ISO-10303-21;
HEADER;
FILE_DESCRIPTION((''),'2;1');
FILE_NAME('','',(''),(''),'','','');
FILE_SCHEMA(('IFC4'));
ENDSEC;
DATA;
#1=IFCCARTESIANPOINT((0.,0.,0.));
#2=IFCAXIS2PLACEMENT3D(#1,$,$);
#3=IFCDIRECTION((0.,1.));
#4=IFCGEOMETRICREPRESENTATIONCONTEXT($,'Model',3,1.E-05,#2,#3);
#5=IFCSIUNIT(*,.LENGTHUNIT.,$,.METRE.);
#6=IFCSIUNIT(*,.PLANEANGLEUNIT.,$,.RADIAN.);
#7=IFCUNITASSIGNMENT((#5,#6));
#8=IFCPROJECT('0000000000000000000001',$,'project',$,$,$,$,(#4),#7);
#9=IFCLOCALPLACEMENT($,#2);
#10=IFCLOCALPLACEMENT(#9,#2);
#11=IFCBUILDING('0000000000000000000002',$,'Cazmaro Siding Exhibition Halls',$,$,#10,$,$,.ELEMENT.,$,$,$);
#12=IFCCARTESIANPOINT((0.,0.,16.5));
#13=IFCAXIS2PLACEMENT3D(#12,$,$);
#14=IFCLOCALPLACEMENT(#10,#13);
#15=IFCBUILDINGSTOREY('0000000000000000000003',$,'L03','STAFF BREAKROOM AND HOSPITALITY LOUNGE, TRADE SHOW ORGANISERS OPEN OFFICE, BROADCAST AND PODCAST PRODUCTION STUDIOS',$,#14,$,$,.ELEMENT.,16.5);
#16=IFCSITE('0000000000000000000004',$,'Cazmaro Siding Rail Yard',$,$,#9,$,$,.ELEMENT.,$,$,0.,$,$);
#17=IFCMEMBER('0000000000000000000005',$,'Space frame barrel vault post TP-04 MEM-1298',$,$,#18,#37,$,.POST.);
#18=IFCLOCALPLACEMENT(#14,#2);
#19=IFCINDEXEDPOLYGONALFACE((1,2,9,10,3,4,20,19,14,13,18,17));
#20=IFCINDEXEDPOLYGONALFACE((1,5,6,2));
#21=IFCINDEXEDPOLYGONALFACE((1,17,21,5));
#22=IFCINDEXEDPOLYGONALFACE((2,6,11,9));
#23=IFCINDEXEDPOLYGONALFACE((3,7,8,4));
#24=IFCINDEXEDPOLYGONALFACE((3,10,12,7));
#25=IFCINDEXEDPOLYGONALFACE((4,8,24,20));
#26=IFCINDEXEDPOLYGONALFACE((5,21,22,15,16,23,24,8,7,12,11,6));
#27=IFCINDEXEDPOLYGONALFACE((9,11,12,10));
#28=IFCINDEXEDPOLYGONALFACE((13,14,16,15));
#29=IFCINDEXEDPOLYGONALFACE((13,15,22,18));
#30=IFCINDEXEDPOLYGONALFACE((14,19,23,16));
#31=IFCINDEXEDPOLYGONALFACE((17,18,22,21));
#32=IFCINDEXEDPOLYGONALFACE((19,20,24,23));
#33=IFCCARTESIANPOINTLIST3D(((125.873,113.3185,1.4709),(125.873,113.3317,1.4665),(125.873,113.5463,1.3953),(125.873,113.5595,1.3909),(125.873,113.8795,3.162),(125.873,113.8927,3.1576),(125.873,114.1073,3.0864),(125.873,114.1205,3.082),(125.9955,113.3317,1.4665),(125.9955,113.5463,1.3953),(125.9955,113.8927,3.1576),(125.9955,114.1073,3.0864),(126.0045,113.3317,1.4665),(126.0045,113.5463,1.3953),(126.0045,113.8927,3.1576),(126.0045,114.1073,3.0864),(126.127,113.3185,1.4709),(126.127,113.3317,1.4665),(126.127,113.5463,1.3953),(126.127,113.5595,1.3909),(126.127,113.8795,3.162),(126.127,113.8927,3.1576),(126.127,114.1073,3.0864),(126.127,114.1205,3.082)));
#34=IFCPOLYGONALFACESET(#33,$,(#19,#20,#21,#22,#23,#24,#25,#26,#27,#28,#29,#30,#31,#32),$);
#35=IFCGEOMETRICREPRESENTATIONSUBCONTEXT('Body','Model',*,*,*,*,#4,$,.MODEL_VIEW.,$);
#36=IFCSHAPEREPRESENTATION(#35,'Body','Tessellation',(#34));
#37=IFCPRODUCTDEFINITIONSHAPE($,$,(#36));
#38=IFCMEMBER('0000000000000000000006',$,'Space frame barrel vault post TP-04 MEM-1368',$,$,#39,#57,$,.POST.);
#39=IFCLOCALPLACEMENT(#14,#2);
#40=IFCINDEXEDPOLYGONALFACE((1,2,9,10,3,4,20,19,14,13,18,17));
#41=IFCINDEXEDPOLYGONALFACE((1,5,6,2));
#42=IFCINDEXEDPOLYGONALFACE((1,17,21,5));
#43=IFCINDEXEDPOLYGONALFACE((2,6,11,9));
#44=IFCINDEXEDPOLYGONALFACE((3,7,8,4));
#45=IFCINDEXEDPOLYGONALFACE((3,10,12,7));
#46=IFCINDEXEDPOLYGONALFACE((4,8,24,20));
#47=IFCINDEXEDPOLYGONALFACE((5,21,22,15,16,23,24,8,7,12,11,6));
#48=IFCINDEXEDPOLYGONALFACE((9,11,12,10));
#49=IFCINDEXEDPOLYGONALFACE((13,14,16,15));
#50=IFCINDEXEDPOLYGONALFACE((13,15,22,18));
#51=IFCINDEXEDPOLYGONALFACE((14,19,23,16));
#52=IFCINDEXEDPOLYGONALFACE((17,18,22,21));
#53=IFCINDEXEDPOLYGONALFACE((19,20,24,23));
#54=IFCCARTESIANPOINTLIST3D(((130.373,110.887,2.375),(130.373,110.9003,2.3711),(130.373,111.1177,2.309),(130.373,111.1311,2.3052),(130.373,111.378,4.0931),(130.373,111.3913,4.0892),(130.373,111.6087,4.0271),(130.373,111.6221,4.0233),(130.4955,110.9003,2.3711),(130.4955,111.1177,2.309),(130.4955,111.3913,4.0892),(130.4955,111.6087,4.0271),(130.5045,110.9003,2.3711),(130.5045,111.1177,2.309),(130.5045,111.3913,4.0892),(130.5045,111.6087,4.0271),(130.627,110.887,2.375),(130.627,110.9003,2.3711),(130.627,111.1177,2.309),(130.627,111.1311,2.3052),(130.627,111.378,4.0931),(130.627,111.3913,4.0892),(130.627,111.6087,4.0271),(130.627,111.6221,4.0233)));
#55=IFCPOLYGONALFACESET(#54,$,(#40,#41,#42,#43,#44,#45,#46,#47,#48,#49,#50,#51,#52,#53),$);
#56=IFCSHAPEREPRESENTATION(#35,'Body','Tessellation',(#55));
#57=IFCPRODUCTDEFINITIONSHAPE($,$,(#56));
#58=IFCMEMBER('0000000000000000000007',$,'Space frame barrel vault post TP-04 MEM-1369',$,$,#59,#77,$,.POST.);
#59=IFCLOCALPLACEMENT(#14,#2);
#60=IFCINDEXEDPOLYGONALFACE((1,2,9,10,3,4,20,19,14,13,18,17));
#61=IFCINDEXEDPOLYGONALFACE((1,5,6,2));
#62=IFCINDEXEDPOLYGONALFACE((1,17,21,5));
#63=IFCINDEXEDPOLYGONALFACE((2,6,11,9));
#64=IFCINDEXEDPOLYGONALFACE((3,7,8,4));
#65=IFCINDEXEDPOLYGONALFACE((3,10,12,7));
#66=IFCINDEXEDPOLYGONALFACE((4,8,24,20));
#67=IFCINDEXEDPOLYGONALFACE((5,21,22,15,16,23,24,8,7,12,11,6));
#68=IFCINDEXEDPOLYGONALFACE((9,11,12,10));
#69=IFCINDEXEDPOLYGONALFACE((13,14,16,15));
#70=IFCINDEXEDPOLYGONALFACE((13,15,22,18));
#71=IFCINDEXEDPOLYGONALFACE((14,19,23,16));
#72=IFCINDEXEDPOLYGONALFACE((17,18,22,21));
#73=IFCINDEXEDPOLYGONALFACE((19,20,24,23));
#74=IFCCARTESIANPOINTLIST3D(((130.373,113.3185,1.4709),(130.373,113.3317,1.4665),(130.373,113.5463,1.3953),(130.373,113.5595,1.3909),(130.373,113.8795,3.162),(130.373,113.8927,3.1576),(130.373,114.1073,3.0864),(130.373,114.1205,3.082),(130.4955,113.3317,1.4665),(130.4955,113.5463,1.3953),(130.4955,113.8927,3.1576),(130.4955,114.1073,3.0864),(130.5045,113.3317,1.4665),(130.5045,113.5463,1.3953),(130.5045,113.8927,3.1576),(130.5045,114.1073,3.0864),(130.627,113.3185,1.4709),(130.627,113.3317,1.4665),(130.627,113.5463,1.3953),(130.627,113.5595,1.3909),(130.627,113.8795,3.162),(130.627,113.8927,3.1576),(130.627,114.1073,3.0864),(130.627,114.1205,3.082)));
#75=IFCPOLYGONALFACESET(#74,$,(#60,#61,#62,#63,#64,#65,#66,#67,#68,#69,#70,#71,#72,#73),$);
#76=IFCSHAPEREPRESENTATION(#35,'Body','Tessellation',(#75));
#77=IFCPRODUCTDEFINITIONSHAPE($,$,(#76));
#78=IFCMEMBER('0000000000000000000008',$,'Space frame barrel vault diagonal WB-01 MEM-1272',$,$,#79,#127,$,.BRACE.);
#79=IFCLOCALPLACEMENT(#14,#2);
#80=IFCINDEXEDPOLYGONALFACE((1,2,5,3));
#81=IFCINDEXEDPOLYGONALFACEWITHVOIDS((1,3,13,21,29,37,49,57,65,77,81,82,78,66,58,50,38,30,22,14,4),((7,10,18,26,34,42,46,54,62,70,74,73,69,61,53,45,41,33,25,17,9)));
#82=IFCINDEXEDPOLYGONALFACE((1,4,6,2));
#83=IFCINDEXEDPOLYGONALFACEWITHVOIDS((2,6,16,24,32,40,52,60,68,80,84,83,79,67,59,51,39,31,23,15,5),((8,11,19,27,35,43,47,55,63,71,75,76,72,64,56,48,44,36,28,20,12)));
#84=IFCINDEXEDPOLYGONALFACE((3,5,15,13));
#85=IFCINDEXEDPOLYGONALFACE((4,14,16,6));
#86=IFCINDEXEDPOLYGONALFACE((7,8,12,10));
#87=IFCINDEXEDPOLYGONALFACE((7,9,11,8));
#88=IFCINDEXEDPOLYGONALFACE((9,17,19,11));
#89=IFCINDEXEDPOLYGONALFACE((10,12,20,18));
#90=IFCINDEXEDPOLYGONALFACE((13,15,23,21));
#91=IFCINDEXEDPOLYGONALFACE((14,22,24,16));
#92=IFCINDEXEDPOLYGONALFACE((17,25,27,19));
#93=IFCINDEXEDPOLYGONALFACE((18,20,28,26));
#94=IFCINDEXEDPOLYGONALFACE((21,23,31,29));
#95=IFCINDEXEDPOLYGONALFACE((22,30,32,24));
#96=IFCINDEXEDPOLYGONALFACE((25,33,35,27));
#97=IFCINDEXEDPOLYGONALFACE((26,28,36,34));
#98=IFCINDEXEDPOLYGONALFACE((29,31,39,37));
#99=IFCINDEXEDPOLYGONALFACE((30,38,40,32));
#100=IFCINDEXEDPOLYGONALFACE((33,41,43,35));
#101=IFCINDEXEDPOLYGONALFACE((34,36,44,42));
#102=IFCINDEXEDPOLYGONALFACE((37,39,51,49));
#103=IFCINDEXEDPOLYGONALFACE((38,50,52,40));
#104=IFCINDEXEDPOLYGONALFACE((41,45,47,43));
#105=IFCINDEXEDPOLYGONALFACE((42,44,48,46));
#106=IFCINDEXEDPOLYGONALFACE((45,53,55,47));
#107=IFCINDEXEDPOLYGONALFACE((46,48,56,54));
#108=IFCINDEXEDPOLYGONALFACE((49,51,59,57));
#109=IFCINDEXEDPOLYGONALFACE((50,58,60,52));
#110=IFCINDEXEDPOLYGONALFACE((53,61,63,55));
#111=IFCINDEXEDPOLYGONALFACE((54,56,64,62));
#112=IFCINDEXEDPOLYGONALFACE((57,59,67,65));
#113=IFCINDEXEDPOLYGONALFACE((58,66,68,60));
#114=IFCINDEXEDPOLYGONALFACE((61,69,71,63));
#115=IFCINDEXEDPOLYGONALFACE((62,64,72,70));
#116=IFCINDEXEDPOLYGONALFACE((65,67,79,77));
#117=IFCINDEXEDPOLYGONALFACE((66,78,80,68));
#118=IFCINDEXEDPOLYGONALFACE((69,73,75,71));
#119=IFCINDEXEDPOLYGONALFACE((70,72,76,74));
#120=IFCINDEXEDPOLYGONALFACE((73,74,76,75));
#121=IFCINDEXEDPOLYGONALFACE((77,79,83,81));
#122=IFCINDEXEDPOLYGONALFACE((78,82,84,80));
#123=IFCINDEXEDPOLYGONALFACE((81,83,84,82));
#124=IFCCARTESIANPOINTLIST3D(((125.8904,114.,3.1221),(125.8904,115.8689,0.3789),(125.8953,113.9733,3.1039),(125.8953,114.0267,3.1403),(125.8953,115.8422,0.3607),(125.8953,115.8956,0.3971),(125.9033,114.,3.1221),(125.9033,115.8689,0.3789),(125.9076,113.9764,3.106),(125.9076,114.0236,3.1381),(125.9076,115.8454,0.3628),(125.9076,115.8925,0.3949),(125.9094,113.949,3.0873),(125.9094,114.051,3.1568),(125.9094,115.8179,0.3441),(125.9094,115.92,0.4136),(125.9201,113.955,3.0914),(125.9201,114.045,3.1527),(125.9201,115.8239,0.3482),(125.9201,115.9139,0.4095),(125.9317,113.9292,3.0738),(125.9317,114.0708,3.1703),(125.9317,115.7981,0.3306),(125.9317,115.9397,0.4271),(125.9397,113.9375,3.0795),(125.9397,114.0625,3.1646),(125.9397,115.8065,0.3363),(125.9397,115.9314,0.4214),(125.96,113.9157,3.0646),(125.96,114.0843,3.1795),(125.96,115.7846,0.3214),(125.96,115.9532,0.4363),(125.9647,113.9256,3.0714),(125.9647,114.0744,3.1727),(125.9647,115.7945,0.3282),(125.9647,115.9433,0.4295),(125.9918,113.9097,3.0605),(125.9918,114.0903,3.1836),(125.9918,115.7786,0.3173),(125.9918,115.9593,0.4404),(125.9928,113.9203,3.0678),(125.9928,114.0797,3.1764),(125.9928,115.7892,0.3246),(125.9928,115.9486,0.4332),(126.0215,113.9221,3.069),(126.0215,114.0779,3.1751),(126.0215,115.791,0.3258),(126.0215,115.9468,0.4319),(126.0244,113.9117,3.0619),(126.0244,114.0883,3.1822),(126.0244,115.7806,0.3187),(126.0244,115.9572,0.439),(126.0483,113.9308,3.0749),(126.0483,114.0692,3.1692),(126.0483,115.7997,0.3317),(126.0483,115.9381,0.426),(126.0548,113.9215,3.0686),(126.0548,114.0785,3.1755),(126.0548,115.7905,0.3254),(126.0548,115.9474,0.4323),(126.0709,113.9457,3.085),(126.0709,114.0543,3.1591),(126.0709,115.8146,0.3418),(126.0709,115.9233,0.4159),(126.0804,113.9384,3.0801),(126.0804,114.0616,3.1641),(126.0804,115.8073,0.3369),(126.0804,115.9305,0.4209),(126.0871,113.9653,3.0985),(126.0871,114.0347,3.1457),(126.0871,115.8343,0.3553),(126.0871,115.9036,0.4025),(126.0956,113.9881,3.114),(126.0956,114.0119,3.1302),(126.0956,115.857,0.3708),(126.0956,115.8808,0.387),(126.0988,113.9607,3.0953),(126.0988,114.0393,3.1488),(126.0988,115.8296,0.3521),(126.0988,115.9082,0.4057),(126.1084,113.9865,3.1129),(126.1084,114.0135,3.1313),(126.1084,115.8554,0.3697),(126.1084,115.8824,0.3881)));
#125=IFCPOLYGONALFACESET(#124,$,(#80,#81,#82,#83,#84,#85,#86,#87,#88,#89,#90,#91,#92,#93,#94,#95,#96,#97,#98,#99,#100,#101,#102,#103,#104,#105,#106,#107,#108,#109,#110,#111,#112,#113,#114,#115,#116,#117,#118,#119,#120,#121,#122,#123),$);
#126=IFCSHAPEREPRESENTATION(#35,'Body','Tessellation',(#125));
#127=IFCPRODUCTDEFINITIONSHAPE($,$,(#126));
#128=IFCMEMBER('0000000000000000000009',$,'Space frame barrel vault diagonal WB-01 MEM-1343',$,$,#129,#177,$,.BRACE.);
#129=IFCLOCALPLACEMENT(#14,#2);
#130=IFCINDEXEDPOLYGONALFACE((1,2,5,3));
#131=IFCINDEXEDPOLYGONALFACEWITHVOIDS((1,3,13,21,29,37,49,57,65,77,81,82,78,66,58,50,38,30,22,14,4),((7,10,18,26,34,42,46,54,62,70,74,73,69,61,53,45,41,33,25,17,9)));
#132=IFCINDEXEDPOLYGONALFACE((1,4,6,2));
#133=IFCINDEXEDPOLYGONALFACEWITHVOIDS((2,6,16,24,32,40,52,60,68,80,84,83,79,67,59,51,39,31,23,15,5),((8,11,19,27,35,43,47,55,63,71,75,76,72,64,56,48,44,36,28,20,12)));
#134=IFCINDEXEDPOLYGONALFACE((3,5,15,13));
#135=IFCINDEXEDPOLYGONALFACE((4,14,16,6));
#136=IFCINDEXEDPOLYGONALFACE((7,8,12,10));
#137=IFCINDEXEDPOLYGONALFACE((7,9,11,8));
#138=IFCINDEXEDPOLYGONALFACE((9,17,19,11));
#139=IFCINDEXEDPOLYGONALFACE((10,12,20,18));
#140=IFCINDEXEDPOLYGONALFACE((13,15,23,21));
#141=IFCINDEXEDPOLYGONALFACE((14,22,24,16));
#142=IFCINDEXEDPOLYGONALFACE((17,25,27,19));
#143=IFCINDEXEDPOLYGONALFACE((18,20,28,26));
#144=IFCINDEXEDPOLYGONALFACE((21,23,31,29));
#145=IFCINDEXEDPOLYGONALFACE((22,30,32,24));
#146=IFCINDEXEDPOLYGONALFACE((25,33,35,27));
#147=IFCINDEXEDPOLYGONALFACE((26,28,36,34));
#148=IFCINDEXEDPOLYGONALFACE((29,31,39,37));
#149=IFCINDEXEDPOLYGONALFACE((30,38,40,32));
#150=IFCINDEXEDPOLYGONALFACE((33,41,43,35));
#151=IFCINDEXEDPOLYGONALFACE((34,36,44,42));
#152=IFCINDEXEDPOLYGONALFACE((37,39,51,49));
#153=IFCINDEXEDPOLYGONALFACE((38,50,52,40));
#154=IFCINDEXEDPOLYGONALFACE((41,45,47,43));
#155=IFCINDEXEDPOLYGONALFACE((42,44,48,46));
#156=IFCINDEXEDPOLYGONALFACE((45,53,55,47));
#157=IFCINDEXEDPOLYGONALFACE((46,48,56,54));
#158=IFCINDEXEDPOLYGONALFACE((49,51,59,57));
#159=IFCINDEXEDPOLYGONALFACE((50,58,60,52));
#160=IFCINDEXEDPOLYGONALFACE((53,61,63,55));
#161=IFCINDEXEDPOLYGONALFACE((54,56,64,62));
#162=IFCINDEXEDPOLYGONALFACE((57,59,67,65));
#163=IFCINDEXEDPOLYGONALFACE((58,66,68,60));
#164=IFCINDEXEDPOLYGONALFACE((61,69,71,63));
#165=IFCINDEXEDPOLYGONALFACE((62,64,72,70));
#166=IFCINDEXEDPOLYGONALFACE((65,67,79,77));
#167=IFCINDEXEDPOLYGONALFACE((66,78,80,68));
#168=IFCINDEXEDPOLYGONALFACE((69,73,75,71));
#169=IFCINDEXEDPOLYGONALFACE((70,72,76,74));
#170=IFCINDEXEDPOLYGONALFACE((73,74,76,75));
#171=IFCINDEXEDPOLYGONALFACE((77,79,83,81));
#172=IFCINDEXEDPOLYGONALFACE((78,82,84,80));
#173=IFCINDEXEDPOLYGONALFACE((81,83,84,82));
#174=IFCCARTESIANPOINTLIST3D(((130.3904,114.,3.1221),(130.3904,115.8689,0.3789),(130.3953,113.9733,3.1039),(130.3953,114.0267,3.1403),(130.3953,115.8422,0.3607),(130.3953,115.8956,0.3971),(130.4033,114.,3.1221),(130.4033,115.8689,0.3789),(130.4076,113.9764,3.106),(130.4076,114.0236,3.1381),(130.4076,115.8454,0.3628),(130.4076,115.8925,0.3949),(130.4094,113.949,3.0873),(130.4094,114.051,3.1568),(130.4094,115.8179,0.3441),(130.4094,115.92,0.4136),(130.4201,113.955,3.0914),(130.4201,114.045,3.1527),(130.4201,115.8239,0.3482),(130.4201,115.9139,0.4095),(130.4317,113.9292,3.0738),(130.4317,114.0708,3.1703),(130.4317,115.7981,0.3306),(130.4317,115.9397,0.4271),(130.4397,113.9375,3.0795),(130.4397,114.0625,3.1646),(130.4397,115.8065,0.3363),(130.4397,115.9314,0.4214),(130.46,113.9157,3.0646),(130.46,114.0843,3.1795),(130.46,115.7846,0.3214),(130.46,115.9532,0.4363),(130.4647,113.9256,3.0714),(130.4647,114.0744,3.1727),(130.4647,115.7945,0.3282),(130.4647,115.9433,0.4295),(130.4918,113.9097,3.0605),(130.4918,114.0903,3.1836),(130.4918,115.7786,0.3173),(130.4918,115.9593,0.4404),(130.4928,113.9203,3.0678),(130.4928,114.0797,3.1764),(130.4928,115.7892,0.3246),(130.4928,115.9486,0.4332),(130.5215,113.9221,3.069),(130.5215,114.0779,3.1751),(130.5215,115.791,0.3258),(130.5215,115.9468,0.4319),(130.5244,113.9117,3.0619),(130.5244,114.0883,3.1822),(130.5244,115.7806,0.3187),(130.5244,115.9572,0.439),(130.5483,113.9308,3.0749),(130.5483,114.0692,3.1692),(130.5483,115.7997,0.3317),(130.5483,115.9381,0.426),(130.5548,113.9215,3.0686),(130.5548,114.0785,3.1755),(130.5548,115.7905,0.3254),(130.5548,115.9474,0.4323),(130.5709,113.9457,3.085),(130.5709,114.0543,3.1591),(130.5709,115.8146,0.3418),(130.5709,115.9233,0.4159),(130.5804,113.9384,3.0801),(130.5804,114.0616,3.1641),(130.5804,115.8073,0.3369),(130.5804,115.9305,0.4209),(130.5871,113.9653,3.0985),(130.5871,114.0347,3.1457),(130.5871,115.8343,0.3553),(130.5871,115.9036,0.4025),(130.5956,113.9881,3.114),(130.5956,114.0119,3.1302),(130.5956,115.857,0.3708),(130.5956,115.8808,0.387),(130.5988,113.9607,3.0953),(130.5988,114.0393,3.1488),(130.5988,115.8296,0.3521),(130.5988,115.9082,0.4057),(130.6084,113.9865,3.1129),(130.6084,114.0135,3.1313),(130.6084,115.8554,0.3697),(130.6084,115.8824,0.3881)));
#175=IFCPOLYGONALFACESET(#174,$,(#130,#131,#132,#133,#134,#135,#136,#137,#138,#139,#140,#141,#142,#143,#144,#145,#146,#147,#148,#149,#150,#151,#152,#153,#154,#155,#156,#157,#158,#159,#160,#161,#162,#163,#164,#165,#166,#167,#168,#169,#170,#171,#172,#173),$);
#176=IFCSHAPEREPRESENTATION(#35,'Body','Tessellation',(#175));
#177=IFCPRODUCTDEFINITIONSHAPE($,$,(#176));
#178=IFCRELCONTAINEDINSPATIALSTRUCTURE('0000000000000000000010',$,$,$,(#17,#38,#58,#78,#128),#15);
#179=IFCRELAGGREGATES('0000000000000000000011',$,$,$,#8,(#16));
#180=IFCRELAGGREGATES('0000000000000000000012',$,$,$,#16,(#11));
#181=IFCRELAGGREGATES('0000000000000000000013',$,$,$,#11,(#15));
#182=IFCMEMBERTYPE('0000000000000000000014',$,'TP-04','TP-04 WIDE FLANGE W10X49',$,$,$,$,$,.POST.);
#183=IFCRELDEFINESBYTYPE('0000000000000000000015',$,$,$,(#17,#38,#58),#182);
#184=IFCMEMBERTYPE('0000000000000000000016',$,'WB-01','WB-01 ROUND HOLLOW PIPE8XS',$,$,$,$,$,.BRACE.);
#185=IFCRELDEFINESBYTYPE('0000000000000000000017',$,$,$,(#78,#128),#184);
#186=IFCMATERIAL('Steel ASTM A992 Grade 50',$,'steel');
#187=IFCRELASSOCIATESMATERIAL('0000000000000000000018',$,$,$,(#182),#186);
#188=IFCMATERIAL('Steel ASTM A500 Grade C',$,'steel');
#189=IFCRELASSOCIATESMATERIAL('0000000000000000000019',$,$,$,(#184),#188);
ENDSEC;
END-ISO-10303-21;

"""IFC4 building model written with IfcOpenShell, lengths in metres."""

from ifc_helpers import new_model, si_unit, direction, frame, origin, origin_2d, place, context, subcontext, project, spatial, hollow_circle, i_section, extrude, material, material_profile, profile_set, type_object, element, save


model = new_model("IFC4")

# Units and contexts
model_context = context("Model", 3, precision=1e-05, world=origin(), true_north=direction((0.0, 1.0)))
body_context = subcontext(model_context, "Body", "Model", "MODEL_VIEW")
ifc_project = project(units=[si_unit("LENGTHUNIT", "METRE"), si_unit("PLANEANGLEUNIT", "RADIAN")], contexts=[model_context])

# Site, building, storey
site_placement = place(None, origin())
site = spatial("IfcSite", under=ifc_project, at=site_placement, Name="Cazmaro Siding Rail Yard", CompositionType="ELEMENT", RefElevation=0.0)
building_placement = place(site_placement, origin())
building = spatial("IfcBuilding", under=site, at=building_placement, Name="Cazmaro Siding Exhibition Halls", CompositionType="ELEMENT")
storey_placement = place(building_placement, frame((0.0, 0.0, 16.5)))
storey = spatial("IfcBuildingStorey", under=building, at=storey_placement, Name="L03", Description="STAFF BREAKROOM AND HOSPITALITY LOUNGE, TRADE SHOW ORGANISERS OPEN OFFICE, BROADCAST AND PODCAST PRODUCTION STUDIOS", CompositionType="ELEMENT", Elevation=16.5)

# Members
ifc_material_1 = material(Name="Steel ASTM A992 Grade 50", Category="steel")
ifc_material_profile_1 = material_profile(ifc_material_1, i_section(OverallWidth=0.2539, OverallDepth=0.2539, WebThickness=0.009, FlangeThickness=0.0139, at=origin_2d()), Name="W10X49")
ifc_profile_set_1 = profile_set([ifc_material_profile_1], Name="Steel ASTM A992 Grade 50")
member_type_1 = type_object("IfcMemberType", Name="TP-04", Description="TP-04 WIDE FLANGE W10X49", PredefinedType="POST", material=ifc_profile_set_1)
member_1_placement = place(storey_placement, frame((126.0, 113.439, 1.4309), z_axis=(0.0, 0.314871, 0.949134), x_axis=(-1.0, 0.0, 0.0)))
element("IfcMember", 1, at=member_1_placement, inside=storey, type_object=member_type_1, Name="Space frame barrel vault post TP-04 MEM-1298", PredefinedType="POST", context=body_context, shape_type="SweptSolid", body=[
    extrude(i_section(OverallWidth=0.2539, OverallDepth=0.2539, WebThickness=0.009, FlangeThickness=0.0139, at=origin_2d()), origin(), (0.0, 0.0, 1.0), 1.7817),
])
member_2_placement = place(storey_placement, frame((130.5, 111.009, 2.3401), z_axis=(0.0, 0.274775, 0.961508), x_axis=(-1.0, 0.0, 0.0)))
element("IfcMember", 2, at=member_2_placement, inside=storey, type_object=member_type_1, Name="Space frame barrel vault post TP-04 MEM-1368", PredefinedType="POST", context=body_context, shape_type="SweptSolid", body=[
    extrude(i_section(OverallWidth=0.2539, OverallDepth=0.2539, WebThickness=0.009, FlangeThickness=0.0139, at=origin_2d()), origin(), (0.0, 0.0, 1.0), 1.7869),
])
member_3_placement = place(storey_placement, frame((130.5, 113.439, 1.4309), z_axis=(0.0, 0.314871, 0.949134), x_axis=(-1.0, 0.0, 0.0)))
element("IfcMember", 3, at=member_3_placement, inside=storey, type_object=member_type_1, Name="Space frame barrel vault post TP-04 MEM-1369", PredefinedType="POST", context=body_context, shape_type="SweptSolid", body=[
    extrude(i_section(OverallWidth=0.2539, OverallDepth=0.2539, WebThickness=0.009, FlangeThickness=0.0139, at=origin_2d()), origin(), (0.0, 0.0, 1.0), 1.7817),
])
ifc_material_2 = material(Name="Steel ASTM A500 Grade C", Category="steel")
ifc_material_profile_2 = material_profile(ifc_material_2, hollow_circle(Radius=0.1096, WallThickness=0.0129, at=origin_2d()), Name="PIPE8XS")
ifc_profile_set_2 = profile_set([ifc_material_profile_2], Name="Steel ASTM A500 Grade C")
member_type_2 = type_object("IfcMemberType", Name="WB-01", Description="WB-01 ROUND HOLLOW PIPE8XS", PredefinedType="BRACE", material=ifc_profile_set_2)
for number, where, z_axis, x_axis, name in (
    (4, (126.0, 114.0, 3.1221), (0.0, 0.56304, -0.82643), (-1.0, 0.0, 0.0), "Space frame barrel vault diagonal WB-01 MEM-1272"),
    (5, (130.5, 114.0, 3.1221), (0.0, 0.56304, -0.82643), (-1.0, 0.0, 0.0), "Space frame barrel vault diagonal WB-01 MEM-1343"),
):
    element("IfcMember", number, at=place(storey_placement, frame(where, z_axis=z_axis, x_axis=x_axis)), inside=storey, type_object=member_type_2, Name=name, PredefinedType="BRACE", context=body_context, shape_type="SweptSolid", body=[
        extrude(hollow_circle(Radius=0.1096, WallThickness=0.0129, at=origin_2d()), origin(), (0.0, 0.0, 1.0), 3.3193),
    ])

save(model, "model.ifc")
